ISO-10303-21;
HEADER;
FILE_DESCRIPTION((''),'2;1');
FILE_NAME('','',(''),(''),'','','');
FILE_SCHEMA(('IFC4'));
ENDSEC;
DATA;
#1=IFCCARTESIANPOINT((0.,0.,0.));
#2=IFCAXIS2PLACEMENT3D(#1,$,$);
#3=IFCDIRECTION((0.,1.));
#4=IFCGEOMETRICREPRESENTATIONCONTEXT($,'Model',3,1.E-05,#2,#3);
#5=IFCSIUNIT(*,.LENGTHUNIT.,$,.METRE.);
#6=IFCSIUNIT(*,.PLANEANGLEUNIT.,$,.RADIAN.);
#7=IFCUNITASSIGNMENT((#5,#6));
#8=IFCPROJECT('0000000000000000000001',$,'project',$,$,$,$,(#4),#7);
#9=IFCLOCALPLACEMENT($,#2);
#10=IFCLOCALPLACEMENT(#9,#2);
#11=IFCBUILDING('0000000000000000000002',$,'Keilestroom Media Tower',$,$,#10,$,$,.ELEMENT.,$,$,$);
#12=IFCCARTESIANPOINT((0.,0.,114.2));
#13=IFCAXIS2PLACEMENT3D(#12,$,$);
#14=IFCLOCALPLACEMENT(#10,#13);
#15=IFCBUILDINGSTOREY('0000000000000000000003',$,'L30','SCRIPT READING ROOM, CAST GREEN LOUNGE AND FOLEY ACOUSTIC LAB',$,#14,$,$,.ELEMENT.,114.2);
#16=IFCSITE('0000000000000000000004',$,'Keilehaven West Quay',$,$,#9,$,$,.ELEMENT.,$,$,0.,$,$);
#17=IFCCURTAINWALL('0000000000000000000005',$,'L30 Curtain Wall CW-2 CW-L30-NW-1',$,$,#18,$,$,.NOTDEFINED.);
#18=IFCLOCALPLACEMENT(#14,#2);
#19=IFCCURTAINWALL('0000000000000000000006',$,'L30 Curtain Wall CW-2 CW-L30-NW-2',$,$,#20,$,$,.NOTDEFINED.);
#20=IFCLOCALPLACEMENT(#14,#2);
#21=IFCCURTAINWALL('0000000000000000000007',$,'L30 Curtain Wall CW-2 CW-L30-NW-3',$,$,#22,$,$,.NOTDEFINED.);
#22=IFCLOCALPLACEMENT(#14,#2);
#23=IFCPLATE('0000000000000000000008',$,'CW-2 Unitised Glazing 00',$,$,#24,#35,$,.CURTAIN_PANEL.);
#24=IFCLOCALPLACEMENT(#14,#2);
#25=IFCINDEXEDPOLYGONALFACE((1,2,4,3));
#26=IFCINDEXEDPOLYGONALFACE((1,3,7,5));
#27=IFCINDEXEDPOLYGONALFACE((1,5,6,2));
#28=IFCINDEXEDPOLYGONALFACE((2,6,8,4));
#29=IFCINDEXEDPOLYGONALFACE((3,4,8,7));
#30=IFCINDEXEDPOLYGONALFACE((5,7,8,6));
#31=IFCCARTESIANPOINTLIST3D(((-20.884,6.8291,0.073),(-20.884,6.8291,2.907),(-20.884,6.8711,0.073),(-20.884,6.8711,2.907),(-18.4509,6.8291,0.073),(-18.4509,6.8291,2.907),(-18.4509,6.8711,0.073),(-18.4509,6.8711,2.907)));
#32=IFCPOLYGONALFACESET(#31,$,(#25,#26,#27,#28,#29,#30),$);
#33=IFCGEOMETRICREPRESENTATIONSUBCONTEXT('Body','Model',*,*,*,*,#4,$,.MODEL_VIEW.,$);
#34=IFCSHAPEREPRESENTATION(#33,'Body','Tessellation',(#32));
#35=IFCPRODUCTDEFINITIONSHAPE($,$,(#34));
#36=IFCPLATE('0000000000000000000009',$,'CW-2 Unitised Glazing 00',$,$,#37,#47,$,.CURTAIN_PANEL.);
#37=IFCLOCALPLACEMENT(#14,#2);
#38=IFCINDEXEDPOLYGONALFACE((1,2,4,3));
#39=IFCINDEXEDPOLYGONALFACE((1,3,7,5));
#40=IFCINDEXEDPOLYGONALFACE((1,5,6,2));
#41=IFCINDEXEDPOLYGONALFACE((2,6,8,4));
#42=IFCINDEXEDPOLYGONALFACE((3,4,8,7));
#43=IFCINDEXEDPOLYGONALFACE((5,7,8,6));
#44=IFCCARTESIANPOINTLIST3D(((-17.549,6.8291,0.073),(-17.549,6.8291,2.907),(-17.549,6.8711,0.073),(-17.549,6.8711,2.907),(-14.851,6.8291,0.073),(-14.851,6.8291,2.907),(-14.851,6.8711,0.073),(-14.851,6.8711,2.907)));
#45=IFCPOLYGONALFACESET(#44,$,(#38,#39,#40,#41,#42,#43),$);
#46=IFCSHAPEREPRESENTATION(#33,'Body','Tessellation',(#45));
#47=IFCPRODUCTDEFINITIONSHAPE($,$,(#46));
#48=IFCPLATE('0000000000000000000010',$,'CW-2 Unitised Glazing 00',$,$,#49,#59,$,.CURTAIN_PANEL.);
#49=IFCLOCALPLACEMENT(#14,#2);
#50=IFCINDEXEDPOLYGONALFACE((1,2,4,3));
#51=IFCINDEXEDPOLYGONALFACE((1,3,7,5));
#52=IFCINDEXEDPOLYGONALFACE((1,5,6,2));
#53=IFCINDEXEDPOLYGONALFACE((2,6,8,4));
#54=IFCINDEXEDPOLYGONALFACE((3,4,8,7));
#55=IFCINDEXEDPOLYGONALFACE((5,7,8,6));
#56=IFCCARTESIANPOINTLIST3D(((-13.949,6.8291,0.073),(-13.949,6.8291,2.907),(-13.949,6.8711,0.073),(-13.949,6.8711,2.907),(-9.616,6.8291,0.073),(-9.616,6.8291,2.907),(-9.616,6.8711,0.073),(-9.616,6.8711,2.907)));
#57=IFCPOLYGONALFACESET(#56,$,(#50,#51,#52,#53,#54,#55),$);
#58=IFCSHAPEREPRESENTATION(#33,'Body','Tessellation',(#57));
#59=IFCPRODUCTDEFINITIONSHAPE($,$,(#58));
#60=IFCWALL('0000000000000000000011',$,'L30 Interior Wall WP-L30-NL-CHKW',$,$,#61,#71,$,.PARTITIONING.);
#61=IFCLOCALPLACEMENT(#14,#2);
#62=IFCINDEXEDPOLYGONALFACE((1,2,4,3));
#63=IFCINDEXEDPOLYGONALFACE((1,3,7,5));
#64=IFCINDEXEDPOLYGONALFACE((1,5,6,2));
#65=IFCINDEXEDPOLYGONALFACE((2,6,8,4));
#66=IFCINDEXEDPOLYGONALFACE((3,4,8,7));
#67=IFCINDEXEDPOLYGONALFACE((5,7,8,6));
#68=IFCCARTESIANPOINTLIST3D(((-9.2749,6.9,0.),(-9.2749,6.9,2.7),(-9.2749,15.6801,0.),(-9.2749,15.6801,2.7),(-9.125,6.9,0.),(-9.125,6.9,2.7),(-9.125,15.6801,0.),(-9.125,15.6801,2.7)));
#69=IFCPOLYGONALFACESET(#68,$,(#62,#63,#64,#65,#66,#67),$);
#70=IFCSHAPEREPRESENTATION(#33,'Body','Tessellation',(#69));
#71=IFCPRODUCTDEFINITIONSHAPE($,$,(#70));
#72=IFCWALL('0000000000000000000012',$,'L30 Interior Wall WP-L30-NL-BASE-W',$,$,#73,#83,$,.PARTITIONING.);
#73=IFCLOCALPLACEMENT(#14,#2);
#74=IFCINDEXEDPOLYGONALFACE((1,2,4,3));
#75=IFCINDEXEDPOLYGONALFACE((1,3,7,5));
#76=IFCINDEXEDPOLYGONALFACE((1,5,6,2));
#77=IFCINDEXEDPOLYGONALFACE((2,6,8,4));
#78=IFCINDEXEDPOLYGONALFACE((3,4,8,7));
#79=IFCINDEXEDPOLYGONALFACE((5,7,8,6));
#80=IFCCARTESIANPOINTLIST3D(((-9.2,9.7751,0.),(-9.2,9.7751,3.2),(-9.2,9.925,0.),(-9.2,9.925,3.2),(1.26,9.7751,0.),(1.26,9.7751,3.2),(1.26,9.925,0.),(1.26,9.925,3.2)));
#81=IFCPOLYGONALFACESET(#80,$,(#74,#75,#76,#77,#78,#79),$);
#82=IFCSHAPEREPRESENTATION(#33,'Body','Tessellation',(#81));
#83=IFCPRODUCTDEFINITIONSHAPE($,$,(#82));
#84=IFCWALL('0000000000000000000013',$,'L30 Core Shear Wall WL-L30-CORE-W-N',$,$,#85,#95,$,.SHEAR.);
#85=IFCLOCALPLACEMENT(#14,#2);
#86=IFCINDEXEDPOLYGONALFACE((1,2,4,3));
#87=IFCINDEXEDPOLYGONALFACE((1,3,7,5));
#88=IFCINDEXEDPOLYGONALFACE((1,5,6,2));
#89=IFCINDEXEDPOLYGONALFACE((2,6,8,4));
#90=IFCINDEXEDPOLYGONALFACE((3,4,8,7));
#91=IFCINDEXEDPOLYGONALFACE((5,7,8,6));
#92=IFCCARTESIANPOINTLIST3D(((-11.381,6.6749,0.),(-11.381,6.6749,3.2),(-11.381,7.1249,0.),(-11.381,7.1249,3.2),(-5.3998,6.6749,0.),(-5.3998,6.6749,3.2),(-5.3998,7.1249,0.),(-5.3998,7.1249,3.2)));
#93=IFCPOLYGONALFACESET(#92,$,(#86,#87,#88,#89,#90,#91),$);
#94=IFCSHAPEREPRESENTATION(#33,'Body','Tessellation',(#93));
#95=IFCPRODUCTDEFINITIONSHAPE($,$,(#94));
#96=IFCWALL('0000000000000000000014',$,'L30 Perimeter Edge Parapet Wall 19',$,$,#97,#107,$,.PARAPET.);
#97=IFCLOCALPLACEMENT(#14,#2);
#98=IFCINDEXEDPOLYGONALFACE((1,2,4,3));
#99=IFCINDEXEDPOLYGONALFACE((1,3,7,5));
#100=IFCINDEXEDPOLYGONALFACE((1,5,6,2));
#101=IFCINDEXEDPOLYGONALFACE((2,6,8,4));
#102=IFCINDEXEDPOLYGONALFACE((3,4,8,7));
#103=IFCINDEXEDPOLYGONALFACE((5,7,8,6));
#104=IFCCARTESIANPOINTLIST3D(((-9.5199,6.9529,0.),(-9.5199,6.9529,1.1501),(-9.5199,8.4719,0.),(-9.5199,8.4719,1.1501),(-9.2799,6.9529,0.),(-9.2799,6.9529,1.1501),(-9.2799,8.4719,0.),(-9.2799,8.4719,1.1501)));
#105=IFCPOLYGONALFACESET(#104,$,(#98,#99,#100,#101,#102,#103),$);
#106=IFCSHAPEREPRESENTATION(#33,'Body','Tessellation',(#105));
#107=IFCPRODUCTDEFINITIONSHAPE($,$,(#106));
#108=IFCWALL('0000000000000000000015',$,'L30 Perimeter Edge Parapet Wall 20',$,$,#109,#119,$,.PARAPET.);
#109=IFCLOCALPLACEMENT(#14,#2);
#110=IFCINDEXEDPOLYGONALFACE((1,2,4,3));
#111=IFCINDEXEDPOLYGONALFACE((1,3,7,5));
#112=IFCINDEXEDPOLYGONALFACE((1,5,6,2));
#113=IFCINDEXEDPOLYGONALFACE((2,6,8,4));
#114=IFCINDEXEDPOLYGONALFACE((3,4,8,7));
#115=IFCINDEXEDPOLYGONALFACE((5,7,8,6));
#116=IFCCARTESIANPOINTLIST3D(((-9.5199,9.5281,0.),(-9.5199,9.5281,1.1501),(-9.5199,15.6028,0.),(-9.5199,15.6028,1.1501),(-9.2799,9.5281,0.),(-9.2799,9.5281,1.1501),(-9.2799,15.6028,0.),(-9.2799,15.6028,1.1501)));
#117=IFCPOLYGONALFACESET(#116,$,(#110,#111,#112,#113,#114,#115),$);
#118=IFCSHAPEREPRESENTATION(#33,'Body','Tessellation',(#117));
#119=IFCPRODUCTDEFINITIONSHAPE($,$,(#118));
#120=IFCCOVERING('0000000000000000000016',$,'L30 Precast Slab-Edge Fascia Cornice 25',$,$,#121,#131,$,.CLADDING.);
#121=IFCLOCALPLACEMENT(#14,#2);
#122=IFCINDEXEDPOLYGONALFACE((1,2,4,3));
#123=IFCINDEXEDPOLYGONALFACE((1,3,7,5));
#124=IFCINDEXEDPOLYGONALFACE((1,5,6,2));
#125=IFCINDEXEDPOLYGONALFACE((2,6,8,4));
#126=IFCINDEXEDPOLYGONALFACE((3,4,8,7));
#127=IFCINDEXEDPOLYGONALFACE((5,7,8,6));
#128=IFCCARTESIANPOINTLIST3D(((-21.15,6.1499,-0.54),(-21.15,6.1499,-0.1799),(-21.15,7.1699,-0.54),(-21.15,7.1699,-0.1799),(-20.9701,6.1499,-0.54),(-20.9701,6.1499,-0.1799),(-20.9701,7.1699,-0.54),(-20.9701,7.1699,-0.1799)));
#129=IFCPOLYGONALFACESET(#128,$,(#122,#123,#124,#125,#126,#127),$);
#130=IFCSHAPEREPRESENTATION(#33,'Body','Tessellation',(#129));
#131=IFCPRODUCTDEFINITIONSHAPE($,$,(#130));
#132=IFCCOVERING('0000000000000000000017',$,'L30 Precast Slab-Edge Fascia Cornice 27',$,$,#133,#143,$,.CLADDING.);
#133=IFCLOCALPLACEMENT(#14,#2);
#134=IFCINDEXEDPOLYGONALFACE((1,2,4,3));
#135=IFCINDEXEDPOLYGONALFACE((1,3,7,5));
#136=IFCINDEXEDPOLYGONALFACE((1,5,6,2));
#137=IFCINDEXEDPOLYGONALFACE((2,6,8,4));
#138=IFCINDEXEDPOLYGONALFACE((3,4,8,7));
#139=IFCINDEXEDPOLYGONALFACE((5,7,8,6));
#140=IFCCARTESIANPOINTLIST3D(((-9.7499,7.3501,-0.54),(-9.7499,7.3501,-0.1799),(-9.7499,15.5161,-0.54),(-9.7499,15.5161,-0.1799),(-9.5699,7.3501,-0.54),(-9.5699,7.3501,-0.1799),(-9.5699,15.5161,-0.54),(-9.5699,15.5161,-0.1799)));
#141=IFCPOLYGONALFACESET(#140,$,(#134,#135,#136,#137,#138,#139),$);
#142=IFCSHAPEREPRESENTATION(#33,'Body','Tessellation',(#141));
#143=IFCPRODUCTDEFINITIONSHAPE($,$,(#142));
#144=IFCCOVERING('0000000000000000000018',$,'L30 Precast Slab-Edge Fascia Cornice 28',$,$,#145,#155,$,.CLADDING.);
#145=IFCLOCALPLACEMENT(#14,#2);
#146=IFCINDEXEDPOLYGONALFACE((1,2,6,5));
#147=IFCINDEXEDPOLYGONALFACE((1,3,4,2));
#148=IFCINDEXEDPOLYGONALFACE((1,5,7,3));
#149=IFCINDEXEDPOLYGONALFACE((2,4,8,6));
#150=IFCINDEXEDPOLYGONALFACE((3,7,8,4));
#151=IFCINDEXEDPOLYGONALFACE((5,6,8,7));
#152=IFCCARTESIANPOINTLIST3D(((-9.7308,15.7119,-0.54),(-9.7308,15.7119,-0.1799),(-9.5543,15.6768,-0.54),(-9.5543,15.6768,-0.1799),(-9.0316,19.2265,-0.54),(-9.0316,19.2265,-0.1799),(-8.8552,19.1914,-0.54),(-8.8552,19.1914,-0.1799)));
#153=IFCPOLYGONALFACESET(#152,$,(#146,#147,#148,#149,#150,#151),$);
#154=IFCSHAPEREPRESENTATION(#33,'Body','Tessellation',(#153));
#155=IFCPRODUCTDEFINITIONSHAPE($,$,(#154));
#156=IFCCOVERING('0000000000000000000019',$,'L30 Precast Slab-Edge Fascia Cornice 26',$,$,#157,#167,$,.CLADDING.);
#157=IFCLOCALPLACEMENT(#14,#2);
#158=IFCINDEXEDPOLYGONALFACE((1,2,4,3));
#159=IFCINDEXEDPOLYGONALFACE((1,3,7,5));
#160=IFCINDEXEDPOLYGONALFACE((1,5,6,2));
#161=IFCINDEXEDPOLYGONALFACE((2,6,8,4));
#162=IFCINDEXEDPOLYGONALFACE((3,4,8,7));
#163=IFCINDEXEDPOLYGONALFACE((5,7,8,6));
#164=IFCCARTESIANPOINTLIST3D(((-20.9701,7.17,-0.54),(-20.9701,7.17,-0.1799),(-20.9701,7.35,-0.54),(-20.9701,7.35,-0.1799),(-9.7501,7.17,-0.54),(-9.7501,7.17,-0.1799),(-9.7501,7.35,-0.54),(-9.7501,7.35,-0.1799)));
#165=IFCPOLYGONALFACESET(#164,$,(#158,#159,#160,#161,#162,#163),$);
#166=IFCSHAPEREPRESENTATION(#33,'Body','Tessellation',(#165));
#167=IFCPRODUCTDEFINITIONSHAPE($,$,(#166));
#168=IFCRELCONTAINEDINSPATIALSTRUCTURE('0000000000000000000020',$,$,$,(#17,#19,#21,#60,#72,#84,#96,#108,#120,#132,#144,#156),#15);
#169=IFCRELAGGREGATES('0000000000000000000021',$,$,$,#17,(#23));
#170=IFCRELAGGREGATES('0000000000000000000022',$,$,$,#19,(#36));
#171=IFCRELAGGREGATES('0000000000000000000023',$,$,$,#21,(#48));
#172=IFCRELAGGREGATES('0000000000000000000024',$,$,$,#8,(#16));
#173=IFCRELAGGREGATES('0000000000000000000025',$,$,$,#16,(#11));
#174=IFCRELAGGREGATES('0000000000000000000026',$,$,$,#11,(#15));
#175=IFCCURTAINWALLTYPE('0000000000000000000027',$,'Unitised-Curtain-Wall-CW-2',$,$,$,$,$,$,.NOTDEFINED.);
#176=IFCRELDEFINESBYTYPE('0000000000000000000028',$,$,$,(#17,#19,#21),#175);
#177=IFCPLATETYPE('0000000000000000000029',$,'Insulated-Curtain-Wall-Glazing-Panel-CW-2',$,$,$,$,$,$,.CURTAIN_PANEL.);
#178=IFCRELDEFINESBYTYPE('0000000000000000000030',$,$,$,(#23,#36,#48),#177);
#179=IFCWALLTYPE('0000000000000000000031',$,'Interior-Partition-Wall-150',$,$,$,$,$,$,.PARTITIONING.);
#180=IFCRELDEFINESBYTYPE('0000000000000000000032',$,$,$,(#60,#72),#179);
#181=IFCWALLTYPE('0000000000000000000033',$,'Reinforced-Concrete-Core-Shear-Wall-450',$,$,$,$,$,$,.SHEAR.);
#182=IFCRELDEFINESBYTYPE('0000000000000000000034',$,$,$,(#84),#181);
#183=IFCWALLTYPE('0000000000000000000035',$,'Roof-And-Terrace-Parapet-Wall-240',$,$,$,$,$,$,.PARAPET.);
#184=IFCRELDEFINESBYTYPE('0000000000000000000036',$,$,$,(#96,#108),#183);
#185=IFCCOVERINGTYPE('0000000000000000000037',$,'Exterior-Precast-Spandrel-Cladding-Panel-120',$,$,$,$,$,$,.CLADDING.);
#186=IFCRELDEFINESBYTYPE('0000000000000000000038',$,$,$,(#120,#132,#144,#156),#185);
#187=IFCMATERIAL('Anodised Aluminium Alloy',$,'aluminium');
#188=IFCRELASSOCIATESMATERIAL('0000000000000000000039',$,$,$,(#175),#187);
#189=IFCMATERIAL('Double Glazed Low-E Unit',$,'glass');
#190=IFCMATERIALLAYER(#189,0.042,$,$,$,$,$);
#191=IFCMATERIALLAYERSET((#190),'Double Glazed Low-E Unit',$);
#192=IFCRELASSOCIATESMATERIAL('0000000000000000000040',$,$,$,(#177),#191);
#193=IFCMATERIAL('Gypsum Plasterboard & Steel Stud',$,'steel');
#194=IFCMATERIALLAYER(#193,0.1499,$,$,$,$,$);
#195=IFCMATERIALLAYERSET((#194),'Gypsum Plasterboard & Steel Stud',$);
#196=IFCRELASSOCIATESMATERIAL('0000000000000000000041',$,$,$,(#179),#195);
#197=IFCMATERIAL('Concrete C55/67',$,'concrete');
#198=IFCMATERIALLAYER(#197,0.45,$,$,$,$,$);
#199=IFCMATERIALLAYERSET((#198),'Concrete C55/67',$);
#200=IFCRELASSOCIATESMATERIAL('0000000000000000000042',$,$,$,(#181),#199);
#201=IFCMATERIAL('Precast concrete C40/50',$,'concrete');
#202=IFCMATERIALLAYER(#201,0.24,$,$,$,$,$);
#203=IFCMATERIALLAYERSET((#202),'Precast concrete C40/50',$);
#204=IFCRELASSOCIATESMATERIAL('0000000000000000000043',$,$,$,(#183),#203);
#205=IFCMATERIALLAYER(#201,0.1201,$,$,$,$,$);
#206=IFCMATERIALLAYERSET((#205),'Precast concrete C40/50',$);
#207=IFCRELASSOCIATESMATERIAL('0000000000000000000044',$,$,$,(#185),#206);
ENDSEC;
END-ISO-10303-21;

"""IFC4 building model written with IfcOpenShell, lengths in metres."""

from ifc_helpers import new_model, si_unit, direction, frame, frame_2d, origin, origin_2d, place, context, subcontext, project, spatial, rectangle, extrude, source, transform, mapped, material, layer, layer_set, type_object, element, aggregate, save


model = new_model("IFC4")

# Units and contexts
model_context = context("Model", 3, precision=1e-05, world=origin(), true_north=direction((0.0, 1.0)))
body_context = subcontext(model_context, "Body", "Model", "MODEL_VIEW")
ifc_project = project(units=[si_unit("LENGTHUNIT", "METRE"), si_unit("PLANEANGLEUNIT", "RADIAN")], contexts=[model_context])

# Site, building, storey
site_placement = place(None, origin())
site = spatial("IfcSite", under=ifc_project, at=site_placement, Name="Keilehaven West Quay", CompositionType="ELEMENT", RefElevation=0.0)
building_placement = place(site_placement, origin())
building = spatial("IfcBuilding", under=site, at=building_placement, Name="Keilestroom Media Tower", CompositionType="ELEMENT")
storey_placement = place(building_placement, frame((0.0, 0.0, 114.2)))
storey = spatial("IfcBuildingStorey", under=building, at=storey_placement, Name="L30", Description="SCRIPT READING ROOM, CAST GREEN LOUNGE AND FOLEY ACOUSTIC LAB", CompositionType="ELEMENT", Elevation=114.2)

# Shared definitions
ifc_material_1 = material(Name="Precast concrete C40/50", Category="concrete")
ifc_material_2 = material(Name="Concrete C55/67", Category="concrete")

# Curtain walls
ifc_material_3 = material(Name="Anodised Aluminium Alloy", Category="aluminium")
curtain_wall_type = type_object("IfcCurtainWallType", Name="Unitised-Curtain-Wall-CW-2", PredefinedType="NOTDEFINED", material=ifc_material_3)
curtain_wall_1_placement = place(storey_placement, origin())
curtain_wall_1 = element("IfcCurtainWall", 1, at=curtain_wall_1_placement, inside=storey, type_object=curtain_wall_type, Name="L30 Curtain Wall CW-2 CW-L30-NW-1", PredefinedType="NOTDEFINED")
curtain_wall_2_placement = place(storey_placement, origin())
curtain_wall_2 = element("IfcCurtainWall", 2, at=curtain_wall_2_placement, inside=storey, type_object=curtain_wall_type, Name="L30 Curtain Wall CW-2 CW-L30-NW-2", PredefinedType="NOTDEFINED")
curtain_wall_3_placement = place(storey_placement, origin())
curtain_wall_3 = element("IfcCurtainWall", 3, at=curtain_wall_3_placement, inside=storey, type_object=curtain_wall_type, Name="L30 Curtain Wall CW-2 CW-L30-NW-3", PredefinedType="NOTDEFINED")

# Plates
ifc_material_4 = material(Name="Double Glazed Low-E Unit", Category="glass")
ifc_layer_1 = layer(ifc_material_4, 0.042)
ifc_layer_set_1 = layer_set([ifc_layer_1], Name="Double Glazed Low-E Unit")
plate_type = type_object("IfcPlateType", Name="Insulated-Curtain-Wall-Glazing-Panel-CW-2", PredefinedType="CURTAIN_PANEL", material=ifc_layer_set_1)
shared_shape_1 = source(origin(), body_context, "Body", "SweptSolid", [
    extrude(rectangle(XDim=2.4331, YDim=0.042, at=origin_2d()), origin(), (0.0, 0.0, 1.0), 2.834),
])
plate_1_placement = place(storey_placement, frame((-19.6675, 6.8501, 0.073), z_axis=(0.0, 0.0, 1.0), x_axis=(1.0, 0.0, 0.0)))
plate_1 = element("IfcPlate", 4, at=plate_1_placement, type_object=plate_type, Name="CW-2 Unitised Glazing 00", PredefinedType="CURTAIN_PANEL", context=body_context, shape_type="MappedRepresentation", body=[
    mapped(shared_shape_1, transform((0.0, 0.0, 0.0), x_axis=(1.0, 0.0, 0.0), y_axis=(0.0, 1.0, 0.0), z_axis=(0.0, 0.0, 1.0), scale=1.0)),
])
aggregate(curtain_wall_1, [plate_1])
shared_shape_2 = source(origin(), body_context, "Body", "SweptSolid", [
    extrude(rectangle(XDim=2.698, YDim=0.042, at=origin_2d()), origin(), (0.0, 0.0, 1.0), 2.834),
])
plate_2_placement = place(storey_placement, frame((-16.2, 6.8501, 0.073), z_axis=(0.0, 0.0, 1.0), x_axis=(1.0, 0.0, 0.0)))
plate_2 = element("IfcPlate", 5, at=plate_2_placement, type_object=plate_type, Name="CW-2 Unitised Glazing 00", PredefinedType="CURTAIN_PANEL", context=body_context, shape_type="MappedRepresentation", body=[
    mapped(shared_shape_2, transform((0.0, 0.0, 0.0), x_axis=(1.0, 0.0, 0.0), y_axis=(0.0, 1.0, 0.0), z_axis=(0.0, 0.0, 1.0), scale=1.0)),
])
aggregate(curtain_wall_2, [plate_2])
shared_shape_3 = source(origin(), body_context, "Body", "SweptSolid", [
    extrude(rectangle(XDim=4.333, YDim=0.042, at=origin_2d()), origin(), (0.0, 0.0, 1.0), 2.834),
])
plate_3_placement = place(storey_placement, frame((-11.7825, 6.8501, 0.073), z_axis=(0.0, 0.0, 1.0), x_axis=(1.0, 0.0, 0.0)))
plate_3 = element("IfcPlate", 6, at=plate_3_placement, type_object=plate_type, Name="CW-2 Unitised Glazing 00", PredefinedType="CURTAIN_PANEL", context=body_context, shape_type="MappedRepresentation", body=[
    mapped(shared_shape_3, transform((0.0, 0.0, 0.0), x_axis=(1.0, 0.0, 0.0), y_axis=(0.0, 1.0, 0.0), z_axis=(0.0, 0.0, 1.0), scale=1.0)),
])
aggregate(curtain_wall_3, [plate_3])

# Walls
ifc_material_5 = material(Name="Gypsum Plasterboard & Steel Stud", Category="steel")
ifc_layer_2 = layer(ifc_material_5, 0.1499)
ifc_layer_set_2 = layer_set([ifc_layer_2], Name="Gypsum Plasterboard & Steel Stud")
wall_type_1 = type_object("IfcWallType", Name="Interior-Partition-Wall-150", PredefinedType="PARTITIONING", material=ifc_layer_set_2)
wall_1_placement = place(storey_placement, frame((-9.2, 6.8999, 0.0), z_axis=(0.0, 0.0, 1.0), x_axis=(0.0, 1.0, 0.0)))
element("IfcWall", 7, at=wall_1_placement, inside=storey, type_object=wall_type_1, Name="L30 Interior Wall WP-L30-NL-CHKW", PredefinedType="PARTITIONING", context=body_context, shape_type="SweptSolid", body=[
    extrude(rectangle(XDim=8.78, YDim=0.1499, at=frame_2d((4.3901, 0.0))), origin(), (0.0, 0.0, 1.0), 2.7),
])
wall_2_placement = place(storey_placement, frame((-9.2, 9.8501, 0.0), z_axis=(0.0, 0.0, 1.0), x_axis=(1.0, 0.0, 0.0)))
element("IfcWall", 8, at=wall_2_placement, inside=storey, type_object=wall_type_1, Name="L30 Interior Wall WP-L30-NL-BASE-W", PredefinedType="PARTITIONING", context=body_context, shape_type="SweptSolid", body=[
    extrude(rectangle(XDim=10.46, YDim=0.1499, at=frame_2d((5.23, 0.0))), origin(), (0.0, 0.0, 1.0), 3.2),
])
ifc_layer_3 = layer(ifc_material_2, 0.45)
ifc_layer_set_3 = layer_set([ifc_layer_3], Name="Concrete C55/67")
wall_type_2 = type_object("IfcWallType", Name="Reinforced-Concrete-Core-Shear-Wall-450", PredefinedType="SHEAR", material=ifc_layer_set_3)
wall_3_placement = place(storey_placement, frame((-11.3811, 6.8999, 0.0), z_axis=(0.0, 0.0, 1.0), x_axis=(1.0, 0.0, 0.0)))
element("IfcWall", 9, at=wall_3_placement, inside=storey, type_object=wall_type_2, Name="L30 Core Shear Wall WL-L30-CORE-W-N", PredefinedType="SHEAR", context=body_context, shape_type="SweptSolid", body=[
    extrude(rectangle(XDim=5.9812, YDim=0.45, at=frame_2d((2.9907, 0.0))), origin(), (0.0, 0.0, 1.0), 3.2),
])
ifc_layer_4 = layer(ifc_material_1, 0.24)
ifc_layer_set_4 = layer_set([ifc_layer_4], Name="Precast concrete C40/50")
wall_type_3 = type_object("IfcWallType", Name="Roof-And-Terrace-Parapet-Wall-240", PredefinedType="PARAPET", material=ifc_layer_set_4)
wall_4_placement = place(storey_placement, frame((-9.3999, 6.9529, 0.0), z_axis=(0.0, 0.0, 1.0), x_axis=(0.0, 1.0, 0.0)))
element("IfcWall", 10, at=wall_4_placement, inside=storey, type_object=wall_type_3, Name="L30 Perimeter Edge Parapet Wall 19", PredefinedType="PARAPET", context=body_context, shape_type="SweptSolid", body=[
    extrude(rectangle(XDim=1.519, YDim=0.24, at=frame_2d((0.7595, 0.0))), origin(), (0.0, 0.0, 1.0), 1.1501),
])
wall_5_placement = place(storey_placement, frame((-9.3999, 9.5281, 0.0), z_axis=(0.0, 0.0, 1.0), x_axis=(0.0, 1.0, 0.0)))
element("IfcWall", 11, at=wall_5_placement, inside=storey, type_object=wall_type_3, Name="L30 Perimeter Edge Parapet Wall 20", PredefinedType="PARAPET", context=body_context, shape_type="SweptSolid", body=[
    extrude(rectangle(XDim=6.0747, YDim=0.24, at=frame_2d((3.0374, 0.0))), origin(), (0.0, 0.0, 1.0), 1.1501),
])

# Coverings
ifc_layer_5 = layer(ifc_material_1, 0.1201)
ifc_layer_set_5 = layer_set([ifc_layer_5], Name="Precast concrete C40/50")
covering_type = type_object("IfcCoveringType", Name="Exterior-Precast-Spandrel-Cladding-Panel-120", PredefinedType="CLADDING", material=ifc_layer_set_5)
shared_shape_4 = source(origin(), body_context, "Body", "SweptSolid", [
    extrude(rectangle(XDim=1.02, YDim=0.1799, at=origin_2d()), origin(), (0.0, 0.0, 1.0), 0.3601),
])
covering_1_placement = place(storey_placement, frame((-21.0601, 6.6599, -0.54), z_axis=(0.0, 0.0, 1.0), x_axis=(0.0, 1.0, 0.0)))
element("IfcCovering", 12, at=covering_1_placement, inside=storey, type_object=covering_type, Name="L30 Precast Slab-Edge Fascia Cornice 25", PredefinedType="CLADDING", context=body_context, shape_type="MappedRepresentation", body=[
    mapped(shared_shape_4, transform((0.0, 0.0, 0.0), x_axis=(1.0, 0.0, 0.0), y_axis=(0.0, 1.0, 0.0), z_axis=(0.0, 0.0, 1.0), scale=1.0)),
])
shared_shape_5 = source(origin(), body_context, "Body", "SweptSolid", [
    extrude(rectangle(XDim=8.166, YDim=0.1799, at=origin_2d()), origin(), (0.0, 0.0, 1.0), 0.3601),
])
covering_2_placement = place(storey_placement, frame((-9.6599, 11.4331, -0.54), z_axis=(0.0, 0.0, 1.0), x_axis=(0.0, 1.0, 0.0)))
element("IfcCovering", 13, at=covering_2_placement, inside=storey, type_object=covering_type, Name="L30 Precast Slab-Edge Fascia Cornice 27", PredefinedType="CLADDING", context=body_context, shape_type="MappedRepresentation", body=[
    mapped(shared_shape_5, transform((0.0, 0.0, 0.0), x_axis=(1.0, 0.0, 0.0), y_axis=(0.0, 1.0, 0.0), z_axis=(0.0, 0.0, 1.0), scale=1.0)),
])
shared_shape_6 = source(origin(), body_context, "Body", "SweptSolid", [
    extrude(rectangle(XDim=3.5835, YDim=0.1799, at=origin_2d()), origin(), (0.0, 0.0, 1.0), 0.3601),
])
covering_3_placement = place(storey_placement, frame((-9.293, 17.4517, -0.54), z_axis=(0.0, 0.0, 1.0), x_axis=(0.195099, 0.980784, 0.0)))
element("IfcCovering", 14, at=covering_3_placement, inside=storey, type_object=covering_type, Name="L30 Precast Slab-Edge Fascia Cornice 28", PredefinedType="CLADDING", context=body_context, shape_type="MappedRepresentation", body=[
    mapped(shared_shape_6, transform((0.0, 0.0, 0.0), x_axis=(1.0, 0.0, 0.0), y_axis=(0.0, 1.0, 0.0), z_axis=(0.0, 0.0, 1.0), scale=1.0)),
])
shared_shape_7 = source(origin(), body_context, "Body", "SweptSolid", [
    extrude(rectangle(XDim=11.22, YDim=0.1799, at=origin_2d()), origin(), (0.0, 0.0, 1.0), 0.3601),
])
covering_4_placement = place(storey_placement, frame((-15.3601, 7.26, -0.54), z_axis=(0.0, 0.0, 1.0), x_axis=(1.0, 0.0, 0.0)))
element("IfcCovering", 15, at=covering_4_placement, inside=storey, type_object=covering_type, Name="L30 Precast Slab-Edge Fascia Cornice 26", PredefinedType="CLADDING", context=body_context, shape_type="MappedRepresentation", body=[
    mapped(shared_shape_7, transform((0.0, 0.0, 0.0), x_axis=(1.0, 0.0, 0.0), y_axis=(0.0, 1.0, 0.0), z_axis=(0.0, 0.0, 1.0), scale=1.0)),
])

save(model, "model.ifc")
